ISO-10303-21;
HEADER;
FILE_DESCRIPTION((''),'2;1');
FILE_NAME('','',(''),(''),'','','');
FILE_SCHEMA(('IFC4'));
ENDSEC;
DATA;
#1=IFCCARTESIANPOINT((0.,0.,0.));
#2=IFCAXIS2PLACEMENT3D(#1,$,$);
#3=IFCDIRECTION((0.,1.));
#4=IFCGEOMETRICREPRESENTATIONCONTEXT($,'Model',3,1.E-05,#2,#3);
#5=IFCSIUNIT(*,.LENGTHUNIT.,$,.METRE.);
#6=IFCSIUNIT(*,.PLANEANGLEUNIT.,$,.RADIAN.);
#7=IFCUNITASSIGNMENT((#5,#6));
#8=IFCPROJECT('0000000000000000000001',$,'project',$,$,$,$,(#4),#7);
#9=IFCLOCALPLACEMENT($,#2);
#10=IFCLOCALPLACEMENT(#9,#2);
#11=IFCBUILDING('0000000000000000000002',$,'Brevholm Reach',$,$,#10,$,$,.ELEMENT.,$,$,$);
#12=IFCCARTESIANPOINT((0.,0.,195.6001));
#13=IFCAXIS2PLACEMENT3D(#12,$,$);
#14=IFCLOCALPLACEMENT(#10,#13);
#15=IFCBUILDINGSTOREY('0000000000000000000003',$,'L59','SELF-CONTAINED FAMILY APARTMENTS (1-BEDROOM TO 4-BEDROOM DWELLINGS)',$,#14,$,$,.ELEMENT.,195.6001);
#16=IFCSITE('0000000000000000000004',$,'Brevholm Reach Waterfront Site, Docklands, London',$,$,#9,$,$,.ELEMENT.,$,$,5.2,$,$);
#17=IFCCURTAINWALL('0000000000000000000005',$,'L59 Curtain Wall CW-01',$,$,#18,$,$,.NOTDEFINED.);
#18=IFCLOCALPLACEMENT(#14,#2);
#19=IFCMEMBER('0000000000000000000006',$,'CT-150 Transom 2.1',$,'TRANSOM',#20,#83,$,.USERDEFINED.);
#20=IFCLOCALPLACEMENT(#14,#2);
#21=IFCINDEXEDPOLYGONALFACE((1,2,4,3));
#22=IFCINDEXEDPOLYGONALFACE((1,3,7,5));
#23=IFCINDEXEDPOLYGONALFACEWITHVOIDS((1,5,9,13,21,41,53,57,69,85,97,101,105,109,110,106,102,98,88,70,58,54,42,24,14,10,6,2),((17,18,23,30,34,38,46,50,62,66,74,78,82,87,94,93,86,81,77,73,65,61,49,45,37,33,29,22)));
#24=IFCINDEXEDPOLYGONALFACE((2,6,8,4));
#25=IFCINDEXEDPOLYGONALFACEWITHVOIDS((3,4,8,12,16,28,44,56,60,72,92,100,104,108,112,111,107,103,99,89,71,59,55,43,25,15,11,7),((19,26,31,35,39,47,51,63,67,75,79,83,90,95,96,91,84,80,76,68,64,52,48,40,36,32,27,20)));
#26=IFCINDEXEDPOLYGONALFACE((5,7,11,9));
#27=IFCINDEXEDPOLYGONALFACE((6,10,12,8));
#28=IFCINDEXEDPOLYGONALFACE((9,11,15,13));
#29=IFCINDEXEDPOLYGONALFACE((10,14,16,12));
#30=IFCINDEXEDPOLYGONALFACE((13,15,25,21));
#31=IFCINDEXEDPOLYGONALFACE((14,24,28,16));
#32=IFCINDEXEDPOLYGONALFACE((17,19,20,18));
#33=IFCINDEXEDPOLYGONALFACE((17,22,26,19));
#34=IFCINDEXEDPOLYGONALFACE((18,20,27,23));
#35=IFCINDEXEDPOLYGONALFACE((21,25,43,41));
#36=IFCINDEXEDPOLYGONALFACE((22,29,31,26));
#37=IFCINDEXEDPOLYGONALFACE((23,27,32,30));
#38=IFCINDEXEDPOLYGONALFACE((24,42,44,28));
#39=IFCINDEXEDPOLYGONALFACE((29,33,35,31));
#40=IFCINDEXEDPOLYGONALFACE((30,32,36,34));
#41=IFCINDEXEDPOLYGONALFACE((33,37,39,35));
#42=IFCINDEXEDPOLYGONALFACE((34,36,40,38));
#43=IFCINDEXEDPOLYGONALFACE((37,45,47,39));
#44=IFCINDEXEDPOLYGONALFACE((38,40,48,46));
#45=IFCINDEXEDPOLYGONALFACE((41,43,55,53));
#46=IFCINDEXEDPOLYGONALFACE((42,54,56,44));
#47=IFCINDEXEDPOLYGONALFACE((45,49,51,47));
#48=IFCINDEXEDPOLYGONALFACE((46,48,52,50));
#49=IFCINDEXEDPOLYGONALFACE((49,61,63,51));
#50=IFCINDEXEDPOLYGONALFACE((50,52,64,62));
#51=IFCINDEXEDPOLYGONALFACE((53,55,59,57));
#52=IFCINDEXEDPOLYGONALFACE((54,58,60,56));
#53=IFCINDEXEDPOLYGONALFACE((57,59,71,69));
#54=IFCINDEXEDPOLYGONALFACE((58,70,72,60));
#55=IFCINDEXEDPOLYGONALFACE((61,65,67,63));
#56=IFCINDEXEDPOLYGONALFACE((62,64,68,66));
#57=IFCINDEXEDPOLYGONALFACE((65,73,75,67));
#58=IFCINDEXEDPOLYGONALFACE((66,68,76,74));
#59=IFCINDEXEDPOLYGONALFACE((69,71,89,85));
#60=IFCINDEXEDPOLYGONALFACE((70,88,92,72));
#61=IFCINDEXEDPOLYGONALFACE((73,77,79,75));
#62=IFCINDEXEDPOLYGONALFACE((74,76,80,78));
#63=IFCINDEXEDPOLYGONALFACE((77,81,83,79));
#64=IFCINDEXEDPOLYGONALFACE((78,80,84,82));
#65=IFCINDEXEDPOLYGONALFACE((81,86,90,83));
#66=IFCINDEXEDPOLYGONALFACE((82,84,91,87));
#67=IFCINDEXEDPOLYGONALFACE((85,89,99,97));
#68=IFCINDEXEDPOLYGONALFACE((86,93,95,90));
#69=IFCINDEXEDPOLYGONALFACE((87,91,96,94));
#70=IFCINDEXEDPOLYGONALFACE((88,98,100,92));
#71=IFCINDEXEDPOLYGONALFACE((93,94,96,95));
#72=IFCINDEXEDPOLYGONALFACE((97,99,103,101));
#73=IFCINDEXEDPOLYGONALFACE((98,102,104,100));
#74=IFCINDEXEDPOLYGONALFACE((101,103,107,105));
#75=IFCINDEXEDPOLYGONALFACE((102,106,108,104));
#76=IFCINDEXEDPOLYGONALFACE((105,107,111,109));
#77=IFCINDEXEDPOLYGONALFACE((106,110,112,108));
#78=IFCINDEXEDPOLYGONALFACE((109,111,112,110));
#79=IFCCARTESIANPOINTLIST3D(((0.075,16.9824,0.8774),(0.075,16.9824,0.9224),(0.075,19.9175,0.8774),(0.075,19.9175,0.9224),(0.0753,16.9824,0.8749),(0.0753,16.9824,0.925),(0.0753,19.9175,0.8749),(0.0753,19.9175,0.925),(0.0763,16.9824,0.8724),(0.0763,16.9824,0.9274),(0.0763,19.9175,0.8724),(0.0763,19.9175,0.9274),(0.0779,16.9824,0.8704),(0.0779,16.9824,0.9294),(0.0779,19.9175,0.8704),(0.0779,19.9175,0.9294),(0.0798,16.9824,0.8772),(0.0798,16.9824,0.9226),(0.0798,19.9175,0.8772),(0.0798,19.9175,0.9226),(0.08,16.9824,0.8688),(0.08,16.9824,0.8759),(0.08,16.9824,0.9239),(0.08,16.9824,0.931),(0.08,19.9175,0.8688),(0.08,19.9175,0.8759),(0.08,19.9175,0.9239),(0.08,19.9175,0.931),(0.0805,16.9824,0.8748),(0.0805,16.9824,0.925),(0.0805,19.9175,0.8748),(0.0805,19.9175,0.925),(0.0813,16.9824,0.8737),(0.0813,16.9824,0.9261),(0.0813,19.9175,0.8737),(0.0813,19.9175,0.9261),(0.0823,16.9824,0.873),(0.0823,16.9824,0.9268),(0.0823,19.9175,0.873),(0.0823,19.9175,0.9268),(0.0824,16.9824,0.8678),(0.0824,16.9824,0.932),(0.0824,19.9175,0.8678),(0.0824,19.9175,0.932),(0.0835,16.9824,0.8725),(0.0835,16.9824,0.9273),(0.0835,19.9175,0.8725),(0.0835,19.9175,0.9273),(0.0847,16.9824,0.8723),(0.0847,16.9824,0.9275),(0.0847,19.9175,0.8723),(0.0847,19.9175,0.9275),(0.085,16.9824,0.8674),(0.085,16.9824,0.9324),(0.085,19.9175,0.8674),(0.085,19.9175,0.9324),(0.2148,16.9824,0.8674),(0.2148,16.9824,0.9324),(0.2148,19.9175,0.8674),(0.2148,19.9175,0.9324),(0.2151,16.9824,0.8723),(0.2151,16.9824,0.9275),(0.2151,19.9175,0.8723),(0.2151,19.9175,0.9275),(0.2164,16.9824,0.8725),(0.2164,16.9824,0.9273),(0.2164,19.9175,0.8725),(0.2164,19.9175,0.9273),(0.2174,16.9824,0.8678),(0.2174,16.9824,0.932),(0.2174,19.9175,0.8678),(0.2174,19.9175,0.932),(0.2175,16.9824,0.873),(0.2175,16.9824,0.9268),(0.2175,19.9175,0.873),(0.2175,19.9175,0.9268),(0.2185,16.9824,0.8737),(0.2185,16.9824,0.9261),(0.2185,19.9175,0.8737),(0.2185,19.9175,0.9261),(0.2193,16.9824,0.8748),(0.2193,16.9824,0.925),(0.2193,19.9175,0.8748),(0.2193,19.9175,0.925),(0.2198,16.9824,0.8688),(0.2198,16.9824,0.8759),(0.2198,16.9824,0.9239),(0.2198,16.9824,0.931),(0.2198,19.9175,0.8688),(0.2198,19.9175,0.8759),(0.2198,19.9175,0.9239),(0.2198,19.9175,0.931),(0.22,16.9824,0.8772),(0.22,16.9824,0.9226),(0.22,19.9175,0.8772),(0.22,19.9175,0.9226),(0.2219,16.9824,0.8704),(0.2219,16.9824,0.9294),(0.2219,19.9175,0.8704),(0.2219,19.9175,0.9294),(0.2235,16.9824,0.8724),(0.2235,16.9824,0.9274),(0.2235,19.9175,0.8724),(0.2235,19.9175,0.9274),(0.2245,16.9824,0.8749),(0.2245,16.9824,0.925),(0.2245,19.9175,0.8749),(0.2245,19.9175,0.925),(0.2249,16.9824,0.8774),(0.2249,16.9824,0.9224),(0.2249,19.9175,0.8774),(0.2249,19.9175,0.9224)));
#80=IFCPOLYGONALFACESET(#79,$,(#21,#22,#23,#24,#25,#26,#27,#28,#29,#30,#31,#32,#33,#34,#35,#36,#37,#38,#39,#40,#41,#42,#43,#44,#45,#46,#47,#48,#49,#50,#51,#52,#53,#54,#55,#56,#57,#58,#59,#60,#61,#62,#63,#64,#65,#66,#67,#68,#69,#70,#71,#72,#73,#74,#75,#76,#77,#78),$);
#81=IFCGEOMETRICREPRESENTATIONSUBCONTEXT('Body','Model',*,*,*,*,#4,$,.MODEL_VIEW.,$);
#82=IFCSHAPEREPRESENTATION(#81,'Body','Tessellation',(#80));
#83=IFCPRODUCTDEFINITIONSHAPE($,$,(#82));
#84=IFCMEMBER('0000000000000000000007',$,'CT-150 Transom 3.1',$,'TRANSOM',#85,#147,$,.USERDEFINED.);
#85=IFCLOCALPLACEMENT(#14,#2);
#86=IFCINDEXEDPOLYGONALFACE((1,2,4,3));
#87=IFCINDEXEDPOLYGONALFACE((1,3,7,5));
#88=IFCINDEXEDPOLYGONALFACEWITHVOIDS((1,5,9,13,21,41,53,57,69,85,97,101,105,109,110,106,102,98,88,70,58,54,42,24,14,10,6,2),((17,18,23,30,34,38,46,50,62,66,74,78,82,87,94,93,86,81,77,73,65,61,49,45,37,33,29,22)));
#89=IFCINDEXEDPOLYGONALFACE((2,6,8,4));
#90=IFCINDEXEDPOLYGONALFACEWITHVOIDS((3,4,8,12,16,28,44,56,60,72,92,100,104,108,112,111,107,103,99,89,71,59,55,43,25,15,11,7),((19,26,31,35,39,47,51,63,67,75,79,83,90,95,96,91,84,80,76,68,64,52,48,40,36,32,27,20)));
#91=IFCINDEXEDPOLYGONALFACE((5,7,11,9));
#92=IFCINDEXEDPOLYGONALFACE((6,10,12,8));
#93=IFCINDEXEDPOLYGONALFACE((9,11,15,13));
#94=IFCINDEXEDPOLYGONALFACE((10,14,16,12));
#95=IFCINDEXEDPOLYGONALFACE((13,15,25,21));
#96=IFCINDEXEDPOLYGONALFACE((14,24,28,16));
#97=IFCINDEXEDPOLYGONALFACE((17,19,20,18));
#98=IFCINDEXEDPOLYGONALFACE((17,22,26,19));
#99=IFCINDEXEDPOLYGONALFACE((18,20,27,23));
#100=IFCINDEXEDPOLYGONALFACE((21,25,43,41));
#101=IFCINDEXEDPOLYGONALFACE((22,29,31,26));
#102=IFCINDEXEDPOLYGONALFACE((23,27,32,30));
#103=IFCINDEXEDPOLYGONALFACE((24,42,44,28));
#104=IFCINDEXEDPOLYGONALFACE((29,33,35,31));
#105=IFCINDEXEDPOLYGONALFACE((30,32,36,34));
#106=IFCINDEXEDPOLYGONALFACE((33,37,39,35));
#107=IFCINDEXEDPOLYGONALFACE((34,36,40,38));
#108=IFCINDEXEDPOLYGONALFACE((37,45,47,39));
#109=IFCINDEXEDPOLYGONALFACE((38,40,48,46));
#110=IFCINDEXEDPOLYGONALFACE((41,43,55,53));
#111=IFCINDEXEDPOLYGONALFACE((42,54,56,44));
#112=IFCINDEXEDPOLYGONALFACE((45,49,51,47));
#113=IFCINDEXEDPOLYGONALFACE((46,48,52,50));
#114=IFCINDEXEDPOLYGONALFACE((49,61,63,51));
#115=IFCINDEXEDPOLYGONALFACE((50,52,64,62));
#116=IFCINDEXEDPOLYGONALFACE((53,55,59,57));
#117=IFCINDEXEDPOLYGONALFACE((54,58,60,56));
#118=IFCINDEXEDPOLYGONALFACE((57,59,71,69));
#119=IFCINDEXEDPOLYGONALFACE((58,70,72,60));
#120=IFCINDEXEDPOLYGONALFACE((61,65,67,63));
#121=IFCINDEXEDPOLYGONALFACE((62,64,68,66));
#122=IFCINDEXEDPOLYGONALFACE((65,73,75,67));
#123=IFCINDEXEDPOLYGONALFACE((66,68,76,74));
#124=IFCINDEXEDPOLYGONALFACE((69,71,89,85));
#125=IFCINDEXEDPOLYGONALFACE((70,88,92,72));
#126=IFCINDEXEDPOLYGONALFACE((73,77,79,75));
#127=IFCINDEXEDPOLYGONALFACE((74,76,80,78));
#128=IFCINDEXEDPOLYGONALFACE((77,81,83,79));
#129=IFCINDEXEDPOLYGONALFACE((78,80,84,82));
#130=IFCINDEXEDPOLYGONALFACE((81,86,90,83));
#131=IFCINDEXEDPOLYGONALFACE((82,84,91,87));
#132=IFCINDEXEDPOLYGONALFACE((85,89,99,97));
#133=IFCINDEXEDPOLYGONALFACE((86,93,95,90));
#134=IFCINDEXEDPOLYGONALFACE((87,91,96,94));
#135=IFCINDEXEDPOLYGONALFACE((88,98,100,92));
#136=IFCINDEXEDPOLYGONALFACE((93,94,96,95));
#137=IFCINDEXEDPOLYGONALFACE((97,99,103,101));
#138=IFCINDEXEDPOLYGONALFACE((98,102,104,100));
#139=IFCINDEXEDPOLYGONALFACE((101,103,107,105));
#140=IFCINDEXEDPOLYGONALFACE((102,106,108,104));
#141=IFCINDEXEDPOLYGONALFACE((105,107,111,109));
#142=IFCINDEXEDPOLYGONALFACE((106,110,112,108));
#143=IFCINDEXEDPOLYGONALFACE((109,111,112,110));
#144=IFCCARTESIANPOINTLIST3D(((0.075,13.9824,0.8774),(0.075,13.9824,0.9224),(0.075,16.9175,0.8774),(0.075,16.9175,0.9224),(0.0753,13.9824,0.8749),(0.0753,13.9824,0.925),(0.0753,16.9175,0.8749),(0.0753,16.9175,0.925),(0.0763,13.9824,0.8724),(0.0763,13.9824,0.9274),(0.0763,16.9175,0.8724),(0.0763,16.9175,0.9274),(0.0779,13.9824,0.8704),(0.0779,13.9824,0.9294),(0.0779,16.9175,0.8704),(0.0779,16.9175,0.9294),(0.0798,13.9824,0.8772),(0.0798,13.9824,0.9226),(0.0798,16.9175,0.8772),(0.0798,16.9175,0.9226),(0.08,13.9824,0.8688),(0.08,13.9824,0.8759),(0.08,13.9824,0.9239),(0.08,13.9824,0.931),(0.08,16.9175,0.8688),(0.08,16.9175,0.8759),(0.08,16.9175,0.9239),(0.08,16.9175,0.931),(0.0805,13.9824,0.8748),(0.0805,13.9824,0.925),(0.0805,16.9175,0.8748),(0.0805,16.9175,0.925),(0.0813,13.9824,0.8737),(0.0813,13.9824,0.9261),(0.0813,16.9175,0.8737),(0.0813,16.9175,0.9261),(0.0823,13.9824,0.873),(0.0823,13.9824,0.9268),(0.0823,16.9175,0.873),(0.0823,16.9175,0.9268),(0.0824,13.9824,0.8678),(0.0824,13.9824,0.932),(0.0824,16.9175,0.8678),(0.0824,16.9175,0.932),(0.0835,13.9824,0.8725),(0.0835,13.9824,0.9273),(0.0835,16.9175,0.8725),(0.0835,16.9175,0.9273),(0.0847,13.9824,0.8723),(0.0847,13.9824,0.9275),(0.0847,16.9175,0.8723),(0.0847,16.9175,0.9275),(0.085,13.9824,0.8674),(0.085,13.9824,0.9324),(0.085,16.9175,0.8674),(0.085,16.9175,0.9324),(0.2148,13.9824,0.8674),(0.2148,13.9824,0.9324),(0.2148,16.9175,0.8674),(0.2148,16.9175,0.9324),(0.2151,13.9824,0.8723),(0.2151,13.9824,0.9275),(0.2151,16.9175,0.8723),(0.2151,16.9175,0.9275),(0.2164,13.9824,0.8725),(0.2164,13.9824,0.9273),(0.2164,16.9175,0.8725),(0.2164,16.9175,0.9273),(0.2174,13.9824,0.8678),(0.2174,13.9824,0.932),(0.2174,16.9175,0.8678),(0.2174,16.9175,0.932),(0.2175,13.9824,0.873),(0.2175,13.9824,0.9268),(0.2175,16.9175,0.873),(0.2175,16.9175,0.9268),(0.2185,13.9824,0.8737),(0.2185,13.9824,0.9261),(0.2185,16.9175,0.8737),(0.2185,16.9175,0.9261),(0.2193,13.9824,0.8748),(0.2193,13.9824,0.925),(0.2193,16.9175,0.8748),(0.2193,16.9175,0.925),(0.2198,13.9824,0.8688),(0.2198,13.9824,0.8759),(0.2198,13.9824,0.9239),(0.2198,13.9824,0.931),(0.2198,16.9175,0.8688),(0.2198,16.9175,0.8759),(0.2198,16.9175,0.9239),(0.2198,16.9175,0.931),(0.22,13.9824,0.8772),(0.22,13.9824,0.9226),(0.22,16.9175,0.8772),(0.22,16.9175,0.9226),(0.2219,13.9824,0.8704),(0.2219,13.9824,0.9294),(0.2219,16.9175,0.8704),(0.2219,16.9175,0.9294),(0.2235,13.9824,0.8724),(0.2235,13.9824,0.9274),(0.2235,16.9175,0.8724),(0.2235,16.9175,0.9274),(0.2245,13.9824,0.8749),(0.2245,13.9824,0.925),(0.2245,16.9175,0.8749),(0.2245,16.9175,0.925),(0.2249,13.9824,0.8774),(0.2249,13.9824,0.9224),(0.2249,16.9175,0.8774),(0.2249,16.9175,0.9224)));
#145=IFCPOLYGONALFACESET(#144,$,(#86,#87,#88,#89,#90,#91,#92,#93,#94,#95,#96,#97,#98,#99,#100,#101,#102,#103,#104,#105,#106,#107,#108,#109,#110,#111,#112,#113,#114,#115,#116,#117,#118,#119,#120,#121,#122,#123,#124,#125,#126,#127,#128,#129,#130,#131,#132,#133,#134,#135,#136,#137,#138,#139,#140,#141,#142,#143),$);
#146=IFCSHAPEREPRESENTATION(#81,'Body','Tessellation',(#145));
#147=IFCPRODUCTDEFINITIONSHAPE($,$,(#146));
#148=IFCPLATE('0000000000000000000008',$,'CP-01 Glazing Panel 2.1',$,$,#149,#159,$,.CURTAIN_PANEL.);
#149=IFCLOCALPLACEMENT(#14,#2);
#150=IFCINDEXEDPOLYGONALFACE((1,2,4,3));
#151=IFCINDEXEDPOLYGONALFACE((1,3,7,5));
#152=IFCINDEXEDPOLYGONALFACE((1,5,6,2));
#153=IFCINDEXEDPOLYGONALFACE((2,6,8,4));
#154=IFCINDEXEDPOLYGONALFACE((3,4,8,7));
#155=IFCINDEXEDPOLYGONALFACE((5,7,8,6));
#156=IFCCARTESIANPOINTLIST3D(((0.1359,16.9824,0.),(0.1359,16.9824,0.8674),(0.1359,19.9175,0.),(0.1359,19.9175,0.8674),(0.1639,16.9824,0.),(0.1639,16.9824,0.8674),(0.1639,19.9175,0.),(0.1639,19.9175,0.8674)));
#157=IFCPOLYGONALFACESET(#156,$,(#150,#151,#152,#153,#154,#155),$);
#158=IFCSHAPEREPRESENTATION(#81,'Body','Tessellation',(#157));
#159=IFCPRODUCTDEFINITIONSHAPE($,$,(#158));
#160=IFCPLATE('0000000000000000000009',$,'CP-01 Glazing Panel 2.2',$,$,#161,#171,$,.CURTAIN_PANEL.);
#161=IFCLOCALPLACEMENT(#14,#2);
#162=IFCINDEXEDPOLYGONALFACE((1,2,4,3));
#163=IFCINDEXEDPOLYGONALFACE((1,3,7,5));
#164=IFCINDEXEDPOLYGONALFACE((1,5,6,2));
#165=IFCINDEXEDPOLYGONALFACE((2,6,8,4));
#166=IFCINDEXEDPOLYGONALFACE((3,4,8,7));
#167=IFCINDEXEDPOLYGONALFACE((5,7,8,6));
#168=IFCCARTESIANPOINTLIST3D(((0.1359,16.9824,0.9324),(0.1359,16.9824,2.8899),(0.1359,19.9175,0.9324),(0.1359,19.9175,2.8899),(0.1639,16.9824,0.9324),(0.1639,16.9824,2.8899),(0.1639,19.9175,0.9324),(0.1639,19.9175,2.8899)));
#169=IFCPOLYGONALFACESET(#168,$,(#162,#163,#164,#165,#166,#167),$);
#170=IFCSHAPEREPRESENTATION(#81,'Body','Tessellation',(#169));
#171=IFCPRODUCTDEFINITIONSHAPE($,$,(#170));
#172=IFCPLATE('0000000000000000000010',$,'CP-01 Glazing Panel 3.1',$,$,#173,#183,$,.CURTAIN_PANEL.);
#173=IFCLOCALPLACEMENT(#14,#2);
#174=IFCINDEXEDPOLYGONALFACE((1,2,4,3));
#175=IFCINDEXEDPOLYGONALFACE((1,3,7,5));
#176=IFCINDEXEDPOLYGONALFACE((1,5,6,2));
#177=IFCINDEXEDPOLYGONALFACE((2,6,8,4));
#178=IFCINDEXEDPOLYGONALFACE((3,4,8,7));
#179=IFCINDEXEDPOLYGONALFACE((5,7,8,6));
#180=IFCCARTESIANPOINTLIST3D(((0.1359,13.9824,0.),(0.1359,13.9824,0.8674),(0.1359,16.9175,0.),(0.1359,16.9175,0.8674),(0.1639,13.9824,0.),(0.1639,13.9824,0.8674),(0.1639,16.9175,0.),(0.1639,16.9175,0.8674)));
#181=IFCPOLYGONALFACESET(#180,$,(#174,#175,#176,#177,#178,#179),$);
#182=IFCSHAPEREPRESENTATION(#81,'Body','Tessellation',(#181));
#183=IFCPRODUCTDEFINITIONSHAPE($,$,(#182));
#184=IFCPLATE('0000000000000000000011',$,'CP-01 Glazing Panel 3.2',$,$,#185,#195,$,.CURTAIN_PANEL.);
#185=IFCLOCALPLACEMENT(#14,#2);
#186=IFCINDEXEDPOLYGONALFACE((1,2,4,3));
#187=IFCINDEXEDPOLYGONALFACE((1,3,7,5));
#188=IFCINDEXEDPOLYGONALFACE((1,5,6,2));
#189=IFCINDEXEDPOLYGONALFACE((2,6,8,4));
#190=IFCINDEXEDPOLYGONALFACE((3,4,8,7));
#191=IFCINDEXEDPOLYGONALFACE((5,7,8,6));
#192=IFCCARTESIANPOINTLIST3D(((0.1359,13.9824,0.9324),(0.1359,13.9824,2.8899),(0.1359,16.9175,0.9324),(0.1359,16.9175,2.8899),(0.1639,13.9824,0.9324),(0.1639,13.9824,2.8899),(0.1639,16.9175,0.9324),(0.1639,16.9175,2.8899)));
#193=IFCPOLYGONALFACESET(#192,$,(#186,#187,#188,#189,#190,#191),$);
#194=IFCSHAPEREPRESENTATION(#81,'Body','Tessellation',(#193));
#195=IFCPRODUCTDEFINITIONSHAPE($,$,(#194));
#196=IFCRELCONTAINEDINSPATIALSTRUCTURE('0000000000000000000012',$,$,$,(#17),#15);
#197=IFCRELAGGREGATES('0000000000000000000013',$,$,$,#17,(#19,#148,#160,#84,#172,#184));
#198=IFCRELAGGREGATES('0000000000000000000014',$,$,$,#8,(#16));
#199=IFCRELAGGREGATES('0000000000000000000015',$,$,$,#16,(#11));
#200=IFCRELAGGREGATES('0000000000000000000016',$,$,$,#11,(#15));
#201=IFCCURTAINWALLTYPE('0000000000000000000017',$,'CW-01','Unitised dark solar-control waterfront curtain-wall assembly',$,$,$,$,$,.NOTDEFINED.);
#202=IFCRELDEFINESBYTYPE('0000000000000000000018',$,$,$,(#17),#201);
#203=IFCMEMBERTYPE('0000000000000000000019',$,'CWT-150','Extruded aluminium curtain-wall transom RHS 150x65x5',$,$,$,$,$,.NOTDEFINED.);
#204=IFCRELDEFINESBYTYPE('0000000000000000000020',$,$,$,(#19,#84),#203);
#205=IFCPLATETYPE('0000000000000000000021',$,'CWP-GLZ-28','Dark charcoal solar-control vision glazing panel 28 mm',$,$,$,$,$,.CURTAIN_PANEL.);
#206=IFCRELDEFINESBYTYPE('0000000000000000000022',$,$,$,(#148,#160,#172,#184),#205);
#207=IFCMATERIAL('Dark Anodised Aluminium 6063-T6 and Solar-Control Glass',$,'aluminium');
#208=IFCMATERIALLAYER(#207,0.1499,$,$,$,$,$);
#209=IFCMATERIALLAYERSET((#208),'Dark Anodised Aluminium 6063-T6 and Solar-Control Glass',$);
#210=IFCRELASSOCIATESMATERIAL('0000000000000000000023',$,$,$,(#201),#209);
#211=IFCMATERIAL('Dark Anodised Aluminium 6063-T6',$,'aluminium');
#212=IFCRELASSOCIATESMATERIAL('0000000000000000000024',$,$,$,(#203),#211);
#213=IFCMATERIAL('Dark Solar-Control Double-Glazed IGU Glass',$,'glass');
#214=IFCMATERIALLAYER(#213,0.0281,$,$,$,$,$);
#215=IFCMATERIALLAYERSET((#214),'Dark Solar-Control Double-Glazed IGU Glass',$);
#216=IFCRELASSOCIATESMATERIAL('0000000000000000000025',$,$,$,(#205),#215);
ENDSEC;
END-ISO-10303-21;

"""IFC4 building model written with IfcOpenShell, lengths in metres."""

from ifc_helpers import new_model, si_unit, direction, frame, origin, origin_2d, place, context, subcontext, project, spatial, rectangle, hollow_rectangle, extrude, material, layer, layer_set, material_profile, profile_set, type_object, element, aggregate, save


model = new_model("IFC4")

# Units and contexts
model_context = context("Model", 3, precision=1e-05, world=origin(), true_north=direction((0.0, 1.0)))
body_context = subcontext(model_context, "Body", "Model", "MODEL_VIEW")
ifc_project = project(units=[si_unit("LENGTHUNIT", "METRE"), si_unit("PLANEANGLEUNIT", "RADIAN")], contexts=[model_context])

# Site, building, storey
site_placement = place(None, origin())
site = spatial("IfcSite", under=ifc_project, at=site_placement, Name="Brevholm Reach Waterfront Site, Docklands, London", CompositionType="ELEMENT", RefElevation=5.2)
building_placement = place(site_placement, origin())
building = spatial("IfcBuilding", under=site, at=building_placement, Name="Brevholm Reach", CompositionType="ELEMENT")
storey_placement = place(building_placement, frame((0.0, 0.0, 195.6001)))
storey = spatial("IfcBuildingStorey", under=building, at=storey_placement, Name="L59", Description="SELF-CONTAINED FAMILY APARTMENTS (1-BEDROOM TO 4-BEDROOM DWELLINGS)", CompositionType="ELEMENT", Elevation=195.6001)

# Curtain wall, members, plates
ifc_material_1 = material(Name="Dark Anodised Aluminium 6063-T6 and Solar-Control Glass", Category="aluminium")
ifc_layer_1 = layer(ifc_material_1, 0.1499)
ifc_layer_set_1 = layer_set([ifc_layer_1], Name="Dark Anodised Aluminium 6063-T6 and Solar-Control Glass")
curtain_wall_type = type_object("IfcCurtainWallType", Name="CW-01", Description="Unitised dark solar-control waterfront curtain-wall assembly", PredefinedType="NOTDEFINED", material=ifc_layer_set_1)
curtain_wall_placement = place(storey_placement, origin())
curtain_wall = element("IfcCurtainWall", 1, at=curtain_wall_placement, inside=storey, type_object=curtain_wall_type, Name="L59 Curtain Wall CW-01", PredefinedType="NOTDEFINED")
ifc_material_2 = material(Name="Dark Anodised Aluminium 6063-T6", Category="aluminium")
ifc_material_profile_1 = material_profile(ifc_material_2, hollow_rectangle(XDim=0.0649, YDim=0.1499, WallThickness=0.0049, InnerFilletRadius=0.0049, OuterFilletRadius=0.01, at=origin_2d()), Name="RHS 150x65x5")
ifc_profile_set_1 = profile_set([ifc_material_profile_1], Name="Dark Anodised Aluminium 6063-T6")
member_type_1 = type_object("IfcMemberType", Name="CWT-150", Description="Extruded aluminium curtain-wall transom RHS 150x65x5", PredefinedType="NOTDEFINED", material=ifc_profile_set_1)
member_1_placement = place(storey_placement, frame((0.1499, 19.9175, 0.8999), z_axis=(0.0, -1.0, 0.0), x_axis=(0.0, 0.0, 1.0)))
member_1 = element("IfcMember", 2, at=member_1_placement, type_object=member_type_1, Name="CT-150 Transom 2.1", ObjectType="TRANSOM", PredefinedType="USERDEFINED", context=body_context, shape_type="SweptSolid", body=[
    extrude(hollow_rectangle(XDim=0.0649, YDim=0.1499, WallThickness=0.0049, InnerFilletRadius=0.0049, OuterFilletRadius=0.01, at=origin_2d()), origin(), (0.0, 0.0, 1.0), 2.9351),
])
member_2_placement = place(storey_placement, frame((0.1499, 16.9175, 0.8999), z_axis=(0.0, -1.0, 0.0), x_axis=(0.0, 0.0, 1.0)))
member_2 = element("IfcMember", 3, at=member_2_placement, type_object=member_type_1, Name="CT-150 Transom 3.1", ObjectType="TRANSOM", PredefinedType="USERDEFINED", context=body_context, shape_type="SweptSolid", body=[
    extrude(hollow_rectangle(XDim=0.0649, YDim=0.1499, WallThickness=0.0049, InnerFilletRadius=0.0049, OuterFilletRadius=0.01, at=origin_2d()), origin(), (0.0, 0.0, 1.0), 2.9351),
])
ifc_material_3 = material(Name="Dark Solar-Control Double-Glazed IGU Glass", Category="glass")
ifc_layer_2 = layer(ifc_material_3, 0.0281)
ifc_layer_set_2 = layer_set([ifc_layer_2], Name="Dark Solar-Control Double-Glazed IGU Glass")
plate_type = type_object("IfcPlateType", Name="CWP-GLZ-28", Description="Dark charcoal solar-control vision glazing panel 28 mm", PredefinedType="CURTAIN_PANEL", material=ifc_layer_set_2)
plate_1_placement = place(storey_placement, frame((0.1499, 18.45, 0.0), z_axis=(0.0, 0.0, 1.0), x_axis=(0.0, -1.0, 0.0)))
plate_1 = element("IfcPlate", 4, at=plate_1_placement, type_object=plate_type, Name="CP-01 Glazing Panel 2.1", PredefinedType="CURTAIN_PANEL", context=body_context, shape_type="SweptSolid", body=[
    extrude(rectangle(XDim=2.9351, YDim=0.0281, at=origin_2d()), origin(), (0.0, 0.0, 1.0), 0.8674),
])
plate_2_placement = place(storey_placement, frame((0.1499, 18.45, 0.9324), z_axis=(0.0, 0.0, 1.0), x_axis=(0.0, -1.0, 0.0)))
plate_2 = element("IfcPlate", 5, at=plate_2_placement, type_object=plate_type, Name="CP-01 Glazing Panel 2.2", PredefinedType="CURTAIN_PANEL", context=body_context, shape_type="SweptSolid", body=[
    extrude(rectangle(XDim=2.9351, YDim=0.0281, at=origin_2d()), origin(), (0.0, 0.0, 1.0), 1.9575),
])
plate_3_placement = place(storey_placement, frame((0.1499, 15.45, 0.0), z_axis=(0.0, 0.0, 1.0), x_axis=(0.0, -1.0, 0.0)))
plate_3 = element("IfcPlate", 6, at=plate_3_placement, type_object=plate_type, Name="CP-01 Glazing Panel 3.1", PredefinedType="CURTAIN_PANEL", context=body_context, shape_type="SweptSolid", body=[
    extrude(rectangle(XDim=2.9351, YDim=0.0281, at=origin_2d()), origin(), (0.0, 0.0, 1.0), 0.8674),
])
plate_4_placement = place(storey_placement, frame((0.1499, 15.45, 0.9324), z_axis=(0.0, 0.0, 1.0), x_axis=(0.0, -1.0, 0.0)))
plate_4 = element("IfcPlate", 7, at=plate_4_placement, type_object=plate_type, Name="CP-01 Glazing Panel 3.2", PredefinedType="CURTAIN_PANEL", context=body_context, shape_type="SweptSolid", body=[
    extrude(rectangle(XDim=2.9351, YDim=0.0281, at=origin_2d()), origin(), (0.0, 0.0, 1.0), 1.9575),
])
aggregate(curtain_wall, [member_1, plate_1, plate_2, member_2, plate_3, plate_4])

save(model, "model.ifc")
